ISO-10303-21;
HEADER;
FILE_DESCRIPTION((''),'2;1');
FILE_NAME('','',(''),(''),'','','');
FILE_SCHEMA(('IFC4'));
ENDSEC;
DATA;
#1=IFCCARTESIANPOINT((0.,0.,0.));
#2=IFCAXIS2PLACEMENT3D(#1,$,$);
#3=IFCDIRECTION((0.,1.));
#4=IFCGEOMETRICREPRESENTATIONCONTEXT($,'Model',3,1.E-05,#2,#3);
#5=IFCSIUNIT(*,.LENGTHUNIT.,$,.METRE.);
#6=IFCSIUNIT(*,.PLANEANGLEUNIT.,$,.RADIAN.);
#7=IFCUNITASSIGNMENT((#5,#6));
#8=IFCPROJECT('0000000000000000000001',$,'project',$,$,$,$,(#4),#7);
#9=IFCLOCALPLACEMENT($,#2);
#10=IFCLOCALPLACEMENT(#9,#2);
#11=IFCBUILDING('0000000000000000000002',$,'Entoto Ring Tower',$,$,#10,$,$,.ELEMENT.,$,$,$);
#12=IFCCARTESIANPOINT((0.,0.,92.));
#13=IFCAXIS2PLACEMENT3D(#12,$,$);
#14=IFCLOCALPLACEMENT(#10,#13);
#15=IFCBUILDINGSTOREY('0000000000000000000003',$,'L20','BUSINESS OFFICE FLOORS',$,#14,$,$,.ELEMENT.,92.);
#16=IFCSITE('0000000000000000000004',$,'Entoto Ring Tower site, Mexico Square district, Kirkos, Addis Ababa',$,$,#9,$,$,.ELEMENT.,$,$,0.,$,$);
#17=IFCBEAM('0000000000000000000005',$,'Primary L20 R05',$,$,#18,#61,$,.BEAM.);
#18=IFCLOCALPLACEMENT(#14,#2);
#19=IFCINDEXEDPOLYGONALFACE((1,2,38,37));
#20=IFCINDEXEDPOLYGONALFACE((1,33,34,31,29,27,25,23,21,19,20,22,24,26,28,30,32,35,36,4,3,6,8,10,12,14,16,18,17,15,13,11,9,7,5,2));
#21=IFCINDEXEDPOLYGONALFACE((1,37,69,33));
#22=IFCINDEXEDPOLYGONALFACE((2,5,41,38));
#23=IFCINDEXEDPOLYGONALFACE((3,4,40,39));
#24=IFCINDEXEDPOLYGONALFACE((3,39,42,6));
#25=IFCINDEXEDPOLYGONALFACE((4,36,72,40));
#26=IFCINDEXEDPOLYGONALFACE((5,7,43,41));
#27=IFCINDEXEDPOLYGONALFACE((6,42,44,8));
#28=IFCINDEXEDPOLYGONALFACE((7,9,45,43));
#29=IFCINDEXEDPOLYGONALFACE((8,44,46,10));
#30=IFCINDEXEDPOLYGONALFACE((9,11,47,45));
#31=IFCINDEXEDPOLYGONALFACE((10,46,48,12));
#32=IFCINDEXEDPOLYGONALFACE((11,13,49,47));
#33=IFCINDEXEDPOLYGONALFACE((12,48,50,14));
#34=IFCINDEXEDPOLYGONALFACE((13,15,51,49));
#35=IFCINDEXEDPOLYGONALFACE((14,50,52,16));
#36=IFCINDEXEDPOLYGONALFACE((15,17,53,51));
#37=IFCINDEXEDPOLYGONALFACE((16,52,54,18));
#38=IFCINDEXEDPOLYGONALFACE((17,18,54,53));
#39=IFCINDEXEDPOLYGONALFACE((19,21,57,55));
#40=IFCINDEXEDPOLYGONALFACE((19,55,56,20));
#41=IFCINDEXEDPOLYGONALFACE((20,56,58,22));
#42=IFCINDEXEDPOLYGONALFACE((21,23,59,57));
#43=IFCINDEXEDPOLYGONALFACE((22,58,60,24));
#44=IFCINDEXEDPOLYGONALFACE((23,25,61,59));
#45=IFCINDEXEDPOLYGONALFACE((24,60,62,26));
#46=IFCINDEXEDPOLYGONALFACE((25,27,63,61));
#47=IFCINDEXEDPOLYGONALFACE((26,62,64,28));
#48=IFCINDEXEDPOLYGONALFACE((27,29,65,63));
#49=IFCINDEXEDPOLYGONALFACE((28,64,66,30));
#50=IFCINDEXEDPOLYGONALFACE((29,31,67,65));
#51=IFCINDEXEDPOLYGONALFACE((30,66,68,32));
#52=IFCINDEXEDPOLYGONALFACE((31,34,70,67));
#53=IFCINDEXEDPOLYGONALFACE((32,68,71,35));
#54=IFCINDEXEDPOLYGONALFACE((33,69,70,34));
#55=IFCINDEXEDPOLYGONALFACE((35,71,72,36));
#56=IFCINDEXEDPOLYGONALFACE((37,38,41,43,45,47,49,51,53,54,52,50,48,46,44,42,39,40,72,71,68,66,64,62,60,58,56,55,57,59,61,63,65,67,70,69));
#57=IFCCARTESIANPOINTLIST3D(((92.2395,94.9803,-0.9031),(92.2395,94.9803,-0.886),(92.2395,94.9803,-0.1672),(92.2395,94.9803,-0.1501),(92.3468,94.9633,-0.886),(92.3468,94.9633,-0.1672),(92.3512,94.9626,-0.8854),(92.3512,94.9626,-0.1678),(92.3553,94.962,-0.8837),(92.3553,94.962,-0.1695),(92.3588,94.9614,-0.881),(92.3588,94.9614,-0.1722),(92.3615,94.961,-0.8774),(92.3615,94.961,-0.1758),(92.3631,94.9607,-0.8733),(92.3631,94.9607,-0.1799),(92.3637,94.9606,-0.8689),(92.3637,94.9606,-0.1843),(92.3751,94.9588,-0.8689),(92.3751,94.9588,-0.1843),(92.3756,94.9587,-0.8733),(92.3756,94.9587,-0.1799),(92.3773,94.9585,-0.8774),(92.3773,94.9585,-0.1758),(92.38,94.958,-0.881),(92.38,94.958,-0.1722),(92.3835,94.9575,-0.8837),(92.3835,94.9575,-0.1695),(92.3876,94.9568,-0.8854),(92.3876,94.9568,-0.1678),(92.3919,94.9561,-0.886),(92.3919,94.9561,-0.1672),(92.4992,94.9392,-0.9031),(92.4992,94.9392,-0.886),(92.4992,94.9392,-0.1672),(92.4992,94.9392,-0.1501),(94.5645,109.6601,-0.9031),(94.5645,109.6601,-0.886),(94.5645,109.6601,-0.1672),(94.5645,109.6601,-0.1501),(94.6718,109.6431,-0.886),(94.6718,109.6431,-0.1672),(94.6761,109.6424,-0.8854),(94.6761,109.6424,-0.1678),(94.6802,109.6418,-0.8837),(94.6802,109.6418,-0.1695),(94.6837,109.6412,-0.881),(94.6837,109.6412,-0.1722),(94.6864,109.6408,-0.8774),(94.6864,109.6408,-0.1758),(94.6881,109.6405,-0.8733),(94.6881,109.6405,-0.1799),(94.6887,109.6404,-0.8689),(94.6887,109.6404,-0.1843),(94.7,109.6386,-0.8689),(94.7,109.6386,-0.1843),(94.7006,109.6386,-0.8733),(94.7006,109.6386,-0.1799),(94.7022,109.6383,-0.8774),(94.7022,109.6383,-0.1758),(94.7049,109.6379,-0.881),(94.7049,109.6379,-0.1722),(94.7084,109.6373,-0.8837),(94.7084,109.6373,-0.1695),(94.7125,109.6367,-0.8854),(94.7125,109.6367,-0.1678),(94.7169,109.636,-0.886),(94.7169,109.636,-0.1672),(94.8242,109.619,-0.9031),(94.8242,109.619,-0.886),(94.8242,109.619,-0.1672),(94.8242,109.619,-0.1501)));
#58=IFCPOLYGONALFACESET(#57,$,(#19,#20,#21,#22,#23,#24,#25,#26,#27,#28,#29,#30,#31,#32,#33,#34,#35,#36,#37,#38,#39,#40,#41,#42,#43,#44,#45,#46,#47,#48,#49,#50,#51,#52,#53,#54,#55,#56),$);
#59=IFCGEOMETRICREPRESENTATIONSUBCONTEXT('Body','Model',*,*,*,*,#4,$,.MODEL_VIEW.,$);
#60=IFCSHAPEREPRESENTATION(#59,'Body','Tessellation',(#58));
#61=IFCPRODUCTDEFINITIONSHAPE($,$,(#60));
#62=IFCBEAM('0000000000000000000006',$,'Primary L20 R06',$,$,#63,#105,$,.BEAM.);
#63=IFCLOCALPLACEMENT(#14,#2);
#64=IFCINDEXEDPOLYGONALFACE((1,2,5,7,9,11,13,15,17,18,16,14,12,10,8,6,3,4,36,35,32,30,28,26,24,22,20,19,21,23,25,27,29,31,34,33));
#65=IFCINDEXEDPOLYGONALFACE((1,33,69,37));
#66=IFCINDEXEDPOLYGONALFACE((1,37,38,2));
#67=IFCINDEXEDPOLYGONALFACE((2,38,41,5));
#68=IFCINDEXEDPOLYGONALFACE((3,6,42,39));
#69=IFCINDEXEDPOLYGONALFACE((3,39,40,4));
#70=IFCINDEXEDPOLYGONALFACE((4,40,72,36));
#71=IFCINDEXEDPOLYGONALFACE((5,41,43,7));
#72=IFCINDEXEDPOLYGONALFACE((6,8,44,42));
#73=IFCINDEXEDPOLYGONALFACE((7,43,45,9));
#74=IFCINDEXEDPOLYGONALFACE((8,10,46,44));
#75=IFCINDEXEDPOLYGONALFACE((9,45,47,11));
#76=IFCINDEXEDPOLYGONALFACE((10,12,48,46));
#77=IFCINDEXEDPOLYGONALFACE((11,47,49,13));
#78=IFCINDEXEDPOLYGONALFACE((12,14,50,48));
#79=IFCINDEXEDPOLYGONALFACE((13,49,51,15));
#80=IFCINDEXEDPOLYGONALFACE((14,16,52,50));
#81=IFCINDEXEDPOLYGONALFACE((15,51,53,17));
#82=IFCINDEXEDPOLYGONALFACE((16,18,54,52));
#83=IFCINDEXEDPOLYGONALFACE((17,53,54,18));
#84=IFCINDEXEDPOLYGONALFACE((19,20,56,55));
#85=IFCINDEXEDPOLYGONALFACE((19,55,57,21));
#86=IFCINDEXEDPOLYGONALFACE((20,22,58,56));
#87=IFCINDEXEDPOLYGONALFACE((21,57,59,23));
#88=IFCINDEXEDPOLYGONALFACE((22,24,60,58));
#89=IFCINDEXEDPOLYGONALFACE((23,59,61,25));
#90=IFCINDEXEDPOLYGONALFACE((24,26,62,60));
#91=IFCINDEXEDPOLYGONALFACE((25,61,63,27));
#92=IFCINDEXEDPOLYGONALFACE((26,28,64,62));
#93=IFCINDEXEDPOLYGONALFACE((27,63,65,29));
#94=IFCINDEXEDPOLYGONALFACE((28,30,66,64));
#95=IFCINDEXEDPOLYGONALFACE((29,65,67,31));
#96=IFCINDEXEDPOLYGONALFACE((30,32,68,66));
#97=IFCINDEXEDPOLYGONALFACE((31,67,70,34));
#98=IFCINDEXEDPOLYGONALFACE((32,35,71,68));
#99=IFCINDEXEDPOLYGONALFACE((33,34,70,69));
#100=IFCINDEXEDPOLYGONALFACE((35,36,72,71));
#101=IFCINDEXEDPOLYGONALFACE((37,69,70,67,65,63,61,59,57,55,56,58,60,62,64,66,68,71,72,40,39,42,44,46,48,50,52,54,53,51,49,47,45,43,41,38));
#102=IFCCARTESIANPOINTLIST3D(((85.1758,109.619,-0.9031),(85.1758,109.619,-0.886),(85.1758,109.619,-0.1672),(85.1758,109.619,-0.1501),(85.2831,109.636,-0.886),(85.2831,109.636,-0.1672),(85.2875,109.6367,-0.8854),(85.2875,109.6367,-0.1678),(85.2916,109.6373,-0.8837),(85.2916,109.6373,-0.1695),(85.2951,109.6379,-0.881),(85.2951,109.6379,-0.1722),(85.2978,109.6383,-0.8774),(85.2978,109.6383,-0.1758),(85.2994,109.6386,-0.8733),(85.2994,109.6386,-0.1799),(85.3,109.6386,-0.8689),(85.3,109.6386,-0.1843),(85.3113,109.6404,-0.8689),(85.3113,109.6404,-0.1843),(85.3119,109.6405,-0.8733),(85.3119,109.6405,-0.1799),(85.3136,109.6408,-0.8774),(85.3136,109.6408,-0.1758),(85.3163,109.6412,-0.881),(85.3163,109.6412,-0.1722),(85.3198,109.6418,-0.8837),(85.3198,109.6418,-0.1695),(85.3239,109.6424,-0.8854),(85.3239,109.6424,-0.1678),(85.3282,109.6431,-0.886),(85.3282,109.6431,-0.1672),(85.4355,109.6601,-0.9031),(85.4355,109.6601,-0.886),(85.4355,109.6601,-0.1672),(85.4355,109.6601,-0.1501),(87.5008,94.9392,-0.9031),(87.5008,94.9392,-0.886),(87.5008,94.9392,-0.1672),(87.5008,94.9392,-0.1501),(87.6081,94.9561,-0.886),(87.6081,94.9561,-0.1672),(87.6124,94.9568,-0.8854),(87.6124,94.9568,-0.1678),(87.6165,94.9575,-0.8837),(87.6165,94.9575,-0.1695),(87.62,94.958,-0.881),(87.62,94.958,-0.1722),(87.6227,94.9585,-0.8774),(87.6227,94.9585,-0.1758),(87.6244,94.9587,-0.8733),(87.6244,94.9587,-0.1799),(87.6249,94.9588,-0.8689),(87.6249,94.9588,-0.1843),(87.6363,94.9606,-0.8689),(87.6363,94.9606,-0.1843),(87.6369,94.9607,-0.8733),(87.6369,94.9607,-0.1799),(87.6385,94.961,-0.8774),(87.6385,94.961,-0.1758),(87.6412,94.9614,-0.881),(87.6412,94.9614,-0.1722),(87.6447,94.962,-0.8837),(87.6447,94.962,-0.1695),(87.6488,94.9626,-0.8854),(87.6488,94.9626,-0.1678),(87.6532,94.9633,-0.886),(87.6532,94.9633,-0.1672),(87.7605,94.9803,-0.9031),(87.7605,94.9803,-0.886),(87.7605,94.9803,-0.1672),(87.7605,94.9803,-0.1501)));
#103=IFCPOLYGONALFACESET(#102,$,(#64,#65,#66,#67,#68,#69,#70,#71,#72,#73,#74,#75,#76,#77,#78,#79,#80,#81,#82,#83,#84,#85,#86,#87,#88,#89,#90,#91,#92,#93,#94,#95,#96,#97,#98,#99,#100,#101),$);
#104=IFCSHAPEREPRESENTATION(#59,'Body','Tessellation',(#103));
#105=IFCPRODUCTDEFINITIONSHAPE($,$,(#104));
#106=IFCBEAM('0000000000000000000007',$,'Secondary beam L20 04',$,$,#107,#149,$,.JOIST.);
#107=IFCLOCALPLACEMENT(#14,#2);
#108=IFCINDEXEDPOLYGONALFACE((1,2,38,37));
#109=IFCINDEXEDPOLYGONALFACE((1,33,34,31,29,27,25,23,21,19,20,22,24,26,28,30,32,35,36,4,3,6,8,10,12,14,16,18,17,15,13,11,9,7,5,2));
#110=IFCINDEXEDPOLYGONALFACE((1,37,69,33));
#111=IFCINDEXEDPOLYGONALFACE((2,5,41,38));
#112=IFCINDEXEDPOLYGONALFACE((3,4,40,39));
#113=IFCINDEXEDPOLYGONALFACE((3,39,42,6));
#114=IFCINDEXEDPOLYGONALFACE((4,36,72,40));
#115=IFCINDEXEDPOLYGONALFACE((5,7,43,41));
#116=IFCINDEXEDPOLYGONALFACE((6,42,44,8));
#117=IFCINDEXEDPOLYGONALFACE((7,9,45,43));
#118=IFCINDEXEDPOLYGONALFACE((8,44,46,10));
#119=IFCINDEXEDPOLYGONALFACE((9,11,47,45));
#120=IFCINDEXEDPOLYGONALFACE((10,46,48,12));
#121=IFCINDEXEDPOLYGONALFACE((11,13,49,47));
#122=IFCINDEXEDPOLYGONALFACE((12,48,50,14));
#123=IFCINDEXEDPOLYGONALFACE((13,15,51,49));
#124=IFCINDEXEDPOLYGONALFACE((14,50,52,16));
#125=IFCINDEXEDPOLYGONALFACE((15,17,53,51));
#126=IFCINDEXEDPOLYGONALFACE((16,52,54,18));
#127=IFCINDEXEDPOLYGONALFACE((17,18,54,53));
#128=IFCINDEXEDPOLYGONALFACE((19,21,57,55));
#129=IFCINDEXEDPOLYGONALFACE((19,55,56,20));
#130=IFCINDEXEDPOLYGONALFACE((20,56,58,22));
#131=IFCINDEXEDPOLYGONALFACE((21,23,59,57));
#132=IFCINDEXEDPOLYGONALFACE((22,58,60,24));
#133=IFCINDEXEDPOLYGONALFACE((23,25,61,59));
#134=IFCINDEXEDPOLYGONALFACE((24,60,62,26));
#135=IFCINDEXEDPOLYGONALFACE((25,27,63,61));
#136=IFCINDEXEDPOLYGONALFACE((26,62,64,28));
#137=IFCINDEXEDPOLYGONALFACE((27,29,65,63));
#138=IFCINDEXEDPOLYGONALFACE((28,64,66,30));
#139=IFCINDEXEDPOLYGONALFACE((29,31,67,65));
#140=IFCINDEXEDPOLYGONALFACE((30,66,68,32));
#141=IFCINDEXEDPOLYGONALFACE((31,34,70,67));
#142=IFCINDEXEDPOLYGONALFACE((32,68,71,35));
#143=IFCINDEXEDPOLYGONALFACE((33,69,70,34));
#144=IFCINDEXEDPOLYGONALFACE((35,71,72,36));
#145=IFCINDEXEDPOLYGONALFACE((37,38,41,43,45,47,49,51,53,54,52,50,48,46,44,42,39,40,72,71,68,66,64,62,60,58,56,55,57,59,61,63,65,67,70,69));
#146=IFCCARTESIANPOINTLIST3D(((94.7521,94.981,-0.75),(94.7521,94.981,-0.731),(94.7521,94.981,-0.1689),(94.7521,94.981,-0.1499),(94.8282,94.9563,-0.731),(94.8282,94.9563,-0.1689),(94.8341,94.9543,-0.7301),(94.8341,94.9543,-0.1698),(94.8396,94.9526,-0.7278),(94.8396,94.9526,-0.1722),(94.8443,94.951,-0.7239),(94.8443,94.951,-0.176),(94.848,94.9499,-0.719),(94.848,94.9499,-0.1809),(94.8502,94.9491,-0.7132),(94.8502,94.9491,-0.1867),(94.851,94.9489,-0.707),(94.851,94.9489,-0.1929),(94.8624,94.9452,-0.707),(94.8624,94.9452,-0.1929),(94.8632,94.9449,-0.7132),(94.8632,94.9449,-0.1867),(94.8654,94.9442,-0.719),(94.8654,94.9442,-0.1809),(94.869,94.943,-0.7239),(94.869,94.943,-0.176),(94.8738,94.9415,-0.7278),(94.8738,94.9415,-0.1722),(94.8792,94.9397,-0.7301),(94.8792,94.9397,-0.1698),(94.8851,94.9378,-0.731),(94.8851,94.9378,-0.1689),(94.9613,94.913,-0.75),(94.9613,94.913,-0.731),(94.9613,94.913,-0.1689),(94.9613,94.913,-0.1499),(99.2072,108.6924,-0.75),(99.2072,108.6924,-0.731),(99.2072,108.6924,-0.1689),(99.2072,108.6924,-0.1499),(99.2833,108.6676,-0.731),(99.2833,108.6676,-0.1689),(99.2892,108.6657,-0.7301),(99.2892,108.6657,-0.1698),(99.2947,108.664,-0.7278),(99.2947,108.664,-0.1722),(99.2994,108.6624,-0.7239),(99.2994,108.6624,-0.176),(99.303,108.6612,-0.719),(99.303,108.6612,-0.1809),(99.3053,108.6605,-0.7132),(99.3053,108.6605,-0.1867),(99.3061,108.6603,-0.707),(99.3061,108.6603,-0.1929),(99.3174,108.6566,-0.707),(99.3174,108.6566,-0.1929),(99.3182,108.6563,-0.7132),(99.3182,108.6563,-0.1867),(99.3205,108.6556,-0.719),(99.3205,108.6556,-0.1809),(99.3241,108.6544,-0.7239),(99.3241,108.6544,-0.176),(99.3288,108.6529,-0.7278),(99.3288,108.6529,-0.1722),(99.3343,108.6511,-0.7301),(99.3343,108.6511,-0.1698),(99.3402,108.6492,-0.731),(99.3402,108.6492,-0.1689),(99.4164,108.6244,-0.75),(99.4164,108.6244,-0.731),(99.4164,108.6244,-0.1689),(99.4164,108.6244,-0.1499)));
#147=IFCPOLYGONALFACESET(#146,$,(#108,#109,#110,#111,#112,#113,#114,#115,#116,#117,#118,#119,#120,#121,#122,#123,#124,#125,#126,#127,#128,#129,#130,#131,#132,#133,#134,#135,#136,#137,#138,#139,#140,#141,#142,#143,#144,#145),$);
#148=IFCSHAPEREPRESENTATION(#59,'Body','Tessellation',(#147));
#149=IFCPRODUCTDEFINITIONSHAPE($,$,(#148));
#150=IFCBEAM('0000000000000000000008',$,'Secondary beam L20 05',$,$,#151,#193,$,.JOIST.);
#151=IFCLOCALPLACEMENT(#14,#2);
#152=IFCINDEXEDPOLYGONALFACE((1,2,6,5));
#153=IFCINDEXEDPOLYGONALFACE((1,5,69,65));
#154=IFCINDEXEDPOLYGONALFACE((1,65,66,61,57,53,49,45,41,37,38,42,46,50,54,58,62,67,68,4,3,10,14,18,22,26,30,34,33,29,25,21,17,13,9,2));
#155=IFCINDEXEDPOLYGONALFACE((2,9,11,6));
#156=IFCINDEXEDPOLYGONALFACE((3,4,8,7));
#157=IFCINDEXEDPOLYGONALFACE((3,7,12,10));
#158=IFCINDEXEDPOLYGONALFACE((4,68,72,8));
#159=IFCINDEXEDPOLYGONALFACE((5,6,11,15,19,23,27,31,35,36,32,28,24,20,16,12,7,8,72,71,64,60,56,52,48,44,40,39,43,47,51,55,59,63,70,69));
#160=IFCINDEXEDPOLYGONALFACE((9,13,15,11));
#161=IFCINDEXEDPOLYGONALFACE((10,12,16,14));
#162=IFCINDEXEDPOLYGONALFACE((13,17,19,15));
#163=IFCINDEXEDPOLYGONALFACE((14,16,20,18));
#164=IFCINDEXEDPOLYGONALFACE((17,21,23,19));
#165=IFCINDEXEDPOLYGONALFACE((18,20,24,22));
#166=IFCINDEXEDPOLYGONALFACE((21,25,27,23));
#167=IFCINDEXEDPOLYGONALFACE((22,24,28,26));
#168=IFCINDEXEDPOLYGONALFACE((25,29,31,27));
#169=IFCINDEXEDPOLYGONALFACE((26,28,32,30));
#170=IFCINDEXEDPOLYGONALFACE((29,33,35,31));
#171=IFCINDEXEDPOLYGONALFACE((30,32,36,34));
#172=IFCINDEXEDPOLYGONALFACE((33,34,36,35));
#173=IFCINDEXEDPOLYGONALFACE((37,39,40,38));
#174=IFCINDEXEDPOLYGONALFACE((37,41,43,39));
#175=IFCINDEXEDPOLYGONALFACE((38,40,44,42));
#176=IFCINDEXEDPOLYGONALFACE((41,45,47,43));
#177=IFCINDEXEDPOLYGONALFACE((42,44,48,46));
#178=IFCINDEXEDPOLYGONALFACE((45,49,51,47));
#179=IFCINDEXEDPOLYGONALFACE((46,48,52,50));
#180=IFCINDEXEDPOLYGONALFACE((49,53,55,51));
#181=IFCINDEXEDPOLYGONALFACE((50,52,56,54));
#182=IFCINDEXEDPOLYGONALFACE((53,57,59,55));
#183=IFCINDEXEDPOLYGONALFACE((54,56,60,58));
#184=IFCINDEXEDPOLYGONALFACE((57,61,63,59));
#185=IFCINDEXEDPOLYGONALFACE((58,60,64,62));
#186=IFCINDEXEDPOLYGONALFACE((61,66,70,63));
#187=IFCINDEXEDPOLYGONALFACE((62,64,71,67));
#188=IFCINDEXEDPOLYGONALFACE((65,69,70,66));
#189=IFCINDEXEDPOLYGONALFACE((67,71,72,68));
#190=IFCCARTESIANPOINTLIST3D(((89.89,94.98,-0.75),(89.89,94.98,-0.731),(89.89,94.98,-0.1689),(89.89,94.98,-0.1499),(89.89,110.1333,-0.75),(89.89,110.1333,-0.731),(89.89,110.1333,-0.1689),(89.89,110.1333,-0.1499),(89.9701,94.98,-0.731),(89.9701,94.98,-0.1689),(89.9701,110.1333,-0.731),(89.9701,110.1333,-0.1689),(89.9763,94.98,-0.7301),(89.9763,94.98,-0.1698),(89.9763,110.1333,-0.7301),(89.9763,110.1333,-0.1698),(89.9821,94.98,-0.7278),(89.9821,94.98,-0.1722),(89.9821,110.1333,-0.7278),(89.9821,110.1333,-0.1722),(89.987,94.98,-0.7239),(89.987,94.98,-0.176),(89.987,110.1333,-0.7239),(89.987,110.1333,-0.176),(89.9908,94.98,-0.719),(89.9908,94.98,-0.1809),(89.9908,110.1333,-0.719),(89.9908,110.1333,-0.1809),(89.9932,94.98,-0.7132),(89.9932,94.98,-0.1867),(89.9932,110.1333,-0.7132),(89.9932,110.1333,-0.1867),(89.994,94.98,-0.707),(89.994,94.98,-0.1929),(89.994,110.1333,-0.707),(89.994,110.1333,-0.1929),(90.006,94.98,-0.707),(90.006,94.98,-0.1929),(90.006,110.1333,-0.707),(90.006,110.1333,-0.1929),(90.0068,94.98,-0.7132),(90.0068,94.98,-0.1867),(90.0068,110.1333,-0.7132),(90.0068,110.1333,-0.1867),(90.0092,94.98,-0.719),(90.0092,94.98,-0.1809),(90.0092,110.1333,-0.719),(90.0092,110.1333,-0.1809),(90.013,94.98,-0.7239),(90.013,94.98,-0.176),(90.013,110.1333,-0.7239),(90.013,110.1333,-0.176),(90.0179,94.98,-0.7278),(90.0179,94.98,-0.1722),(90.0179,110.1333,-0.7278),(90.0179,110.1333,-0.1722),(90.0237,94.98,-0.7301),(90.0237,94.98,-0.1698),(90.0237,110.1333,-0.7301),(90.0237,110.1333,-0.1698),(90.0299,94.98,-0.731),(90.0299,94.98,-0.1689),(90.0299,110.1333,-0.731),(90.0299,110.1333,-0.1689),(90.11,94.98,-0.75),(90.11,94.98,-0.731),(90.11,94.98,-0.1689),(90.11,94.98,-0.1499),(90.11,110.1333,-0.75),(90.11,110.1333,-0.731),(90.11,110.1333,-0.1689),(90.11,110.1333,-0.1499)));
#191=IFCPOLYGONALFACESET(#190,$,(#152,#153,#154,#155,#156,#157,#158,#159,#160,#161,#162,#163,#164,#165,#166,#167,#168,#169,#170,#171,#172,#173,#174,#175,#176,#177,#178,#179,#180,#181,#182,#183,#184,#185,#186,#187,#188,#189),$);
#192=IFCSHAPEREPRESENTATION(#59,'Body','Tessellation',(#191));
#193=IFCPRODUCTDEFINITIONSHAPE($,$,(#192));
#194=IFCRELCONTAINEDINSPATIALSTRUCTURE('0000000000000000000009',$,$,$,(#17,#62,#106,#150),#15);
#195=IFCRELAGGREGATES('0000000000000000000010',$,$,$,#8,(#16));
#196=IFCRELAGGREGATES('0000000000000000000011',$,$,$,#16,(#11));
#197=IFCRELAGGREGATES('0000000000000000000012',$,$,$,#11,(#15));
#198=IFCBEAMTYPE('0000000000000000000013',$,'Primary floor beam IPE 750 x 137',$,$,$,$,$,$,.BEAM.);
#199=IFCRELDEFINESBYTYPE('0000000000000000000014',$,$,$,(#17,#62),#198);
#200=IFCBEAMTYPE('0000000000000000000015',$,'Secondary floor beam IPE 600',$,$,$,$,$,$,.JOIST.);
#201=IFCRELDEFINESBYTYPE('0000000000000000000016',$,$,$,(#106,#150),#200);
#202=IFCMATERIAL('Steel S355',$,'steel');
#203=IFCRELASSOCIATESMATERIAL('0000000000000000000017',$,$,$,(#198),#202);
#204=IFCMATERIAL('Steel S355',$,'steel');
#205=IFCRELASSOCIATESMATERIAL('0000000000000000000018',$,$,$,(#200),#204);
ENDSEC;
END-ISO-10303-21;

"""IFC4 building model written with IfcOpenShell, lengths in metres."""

from ifc_helpers import new_model, si_unit, direction, frame, origin, origin_2d, place, context, subcontext, project, spatial, i_section, extrude, material, material_profile, profile_set, type_object, element, save


model = new_model("IFC4")

# Units and contexts
model_context = context("Model", 3, precision=1e-05, world=origin(), true_north=direction((0.0, 1.0)))
body_context = subcontext(model_context, "Body", "Model", "MODEL_VIEW")
ifc_project = project(units=[si_unit("LENGTHUNIT", "METRE"), si_unit("PLANEANGLEUNIT", "RADIAN")], contexts=[model_context])

# Site, building, storey
site_placement = place(None, origin())
site = spatial("IfcSite", under=ifc_project, at=site_placement, Name="Entoto Ring Tower site, Mexico Square district, Kirkos, Addis Ababa", CompositionType="ELEMENT", RefElevation=0.0)
building_placement = place(site_placement, origin())
building = spatial("IfcBuilding", under=site, at=building_placement, Name="Entoto Ring Tower", CompositionType="ELEMENT")
storey_placement = place(building_placement, frame((0.0, 0.0, 92.0)))
storey = spatial("IfcBuildingStorey", under=building, at=storey_placement, Name="L20", Description="BUSINESS OFFICE FLOORS", CompositionType="ELEMENT", Elevation=92.0)

# Beams
ifc_material_1 = material(Name="Steel S355", Category="steel")
ifc_material_profile_1 = material_profile(ifc_material_1, i_section(OverallWidth=0.2629, OverallDepth=0.7529, WebThickness=0.0115, FlangeThickness=0.0171, FilletRadius=0.0171, at=origin_2d()), Name="IPE 750 x 137")
ifc_profile_set_1 = profile_set([ifc_material_profile_1], Name="Steel S355")
beam_type_1 = type_object("IfcBeamType", Name="Primary floor beam IPE 750 x 137", PredefinedType="BEAM", material=ifc_profile_set_1)
for number, where, z_axis, x_axis, name in (
    (1, (92.3694, 94.9597, -0.5266), (0.156426, 0.98769, 0.0), (-0.98769, 0.156426, 0.0), "Primary L20 R05"),
    (2, (87.6306, 94.9597, -0.5266), (-0.156426, 0.98769, 0.0), (-0.98769, -0.156426, 0.0), "Primary L20 R06"),
):
    element("IfcBeam", number, at=place(storey_placement, frame(where, z_axis=z_axis, x_axis=x_axis)), inside=storey, type_object=beam_type_1, Name=name, PredefinedType="BEAM", context=body_context, shape_type="SweptSolid", body=[
        extrude(i_section(OverallWidth=0.2629, OverallDepth=0.7529, WebThickness=0.0115, FlangeThickness=0.0171, FilletRadius=0.0171, at=origin_2d()), origin(), (0.0, 0.0, 1.0), 14.8628),
    ])
ifc_material_2 = material(Name="Steel S355", Category="steel")
ifc_material_profile_2 = material_profile(ifc_material_2, i_section(OverallWidth=0.22, OverallDepth=0.6001, WebThickness=0.012, FlangeThickness=0.019, FilletRadius=0.0239, at=origin_2d()), Name="IPE 600")
ifc_profile_set_2 = profile_set([ifc_material_profile_2], Name="Steel S355")
beam_type_2 = type_object("IfcBeamType", Name="Secondary floor beam IPE 600", PredefinedType="JOIST", material=ifc_profile_set_2)
beam_1_placement = place(storey_placement, frame((94.8567, 94.947, -0.45), z_axis=(0.309015, 0.951057, 0.0), x_axis=(-0.951057, 0.309015, 0.0)))
element("IfcBeam", 3, at=beam_1_placement, inside=storey, type_object=beam_type_2, Name="Secondary beam L20 04", PredefinedType="JOIST", context=body_context, shape_type="SweptSolid", body=[
    extrude(i_section(OverallWidth=0.22, OverallDepth=0.6001, WebThickness=0.012, FlangeThickness=0.019, FilletRadius=0.0239, at=origin_2d()), origin(), (0.0, 0.0, 1.0), 14.417),
])
beam_2_placement = place(storey_placement, frame((90.0, 94.98, -0.45), z_axis=(0.0, 1.0, 0.0), x_axis=(-1.0, 0.0, 0.0)))
element("IfcBeam", 4, at=beam_2_placement, inside=storey, type_object=beam_type_2, Name="Secondary beam L20 05", PredefinedType="JOIST", context=body_context, shape_type="SweptSolid", body=[
    extrude(i_section(OverallWidth=0.22, OverallDepth=0.6001, WebThickness=0.012, FlangeThickness=0.019, FilletRadius=0.0239, at=origin_2d()), origin(), (0.0, 0.0, 1.0), 15.1533),
])

save(model, "model.ifc")
